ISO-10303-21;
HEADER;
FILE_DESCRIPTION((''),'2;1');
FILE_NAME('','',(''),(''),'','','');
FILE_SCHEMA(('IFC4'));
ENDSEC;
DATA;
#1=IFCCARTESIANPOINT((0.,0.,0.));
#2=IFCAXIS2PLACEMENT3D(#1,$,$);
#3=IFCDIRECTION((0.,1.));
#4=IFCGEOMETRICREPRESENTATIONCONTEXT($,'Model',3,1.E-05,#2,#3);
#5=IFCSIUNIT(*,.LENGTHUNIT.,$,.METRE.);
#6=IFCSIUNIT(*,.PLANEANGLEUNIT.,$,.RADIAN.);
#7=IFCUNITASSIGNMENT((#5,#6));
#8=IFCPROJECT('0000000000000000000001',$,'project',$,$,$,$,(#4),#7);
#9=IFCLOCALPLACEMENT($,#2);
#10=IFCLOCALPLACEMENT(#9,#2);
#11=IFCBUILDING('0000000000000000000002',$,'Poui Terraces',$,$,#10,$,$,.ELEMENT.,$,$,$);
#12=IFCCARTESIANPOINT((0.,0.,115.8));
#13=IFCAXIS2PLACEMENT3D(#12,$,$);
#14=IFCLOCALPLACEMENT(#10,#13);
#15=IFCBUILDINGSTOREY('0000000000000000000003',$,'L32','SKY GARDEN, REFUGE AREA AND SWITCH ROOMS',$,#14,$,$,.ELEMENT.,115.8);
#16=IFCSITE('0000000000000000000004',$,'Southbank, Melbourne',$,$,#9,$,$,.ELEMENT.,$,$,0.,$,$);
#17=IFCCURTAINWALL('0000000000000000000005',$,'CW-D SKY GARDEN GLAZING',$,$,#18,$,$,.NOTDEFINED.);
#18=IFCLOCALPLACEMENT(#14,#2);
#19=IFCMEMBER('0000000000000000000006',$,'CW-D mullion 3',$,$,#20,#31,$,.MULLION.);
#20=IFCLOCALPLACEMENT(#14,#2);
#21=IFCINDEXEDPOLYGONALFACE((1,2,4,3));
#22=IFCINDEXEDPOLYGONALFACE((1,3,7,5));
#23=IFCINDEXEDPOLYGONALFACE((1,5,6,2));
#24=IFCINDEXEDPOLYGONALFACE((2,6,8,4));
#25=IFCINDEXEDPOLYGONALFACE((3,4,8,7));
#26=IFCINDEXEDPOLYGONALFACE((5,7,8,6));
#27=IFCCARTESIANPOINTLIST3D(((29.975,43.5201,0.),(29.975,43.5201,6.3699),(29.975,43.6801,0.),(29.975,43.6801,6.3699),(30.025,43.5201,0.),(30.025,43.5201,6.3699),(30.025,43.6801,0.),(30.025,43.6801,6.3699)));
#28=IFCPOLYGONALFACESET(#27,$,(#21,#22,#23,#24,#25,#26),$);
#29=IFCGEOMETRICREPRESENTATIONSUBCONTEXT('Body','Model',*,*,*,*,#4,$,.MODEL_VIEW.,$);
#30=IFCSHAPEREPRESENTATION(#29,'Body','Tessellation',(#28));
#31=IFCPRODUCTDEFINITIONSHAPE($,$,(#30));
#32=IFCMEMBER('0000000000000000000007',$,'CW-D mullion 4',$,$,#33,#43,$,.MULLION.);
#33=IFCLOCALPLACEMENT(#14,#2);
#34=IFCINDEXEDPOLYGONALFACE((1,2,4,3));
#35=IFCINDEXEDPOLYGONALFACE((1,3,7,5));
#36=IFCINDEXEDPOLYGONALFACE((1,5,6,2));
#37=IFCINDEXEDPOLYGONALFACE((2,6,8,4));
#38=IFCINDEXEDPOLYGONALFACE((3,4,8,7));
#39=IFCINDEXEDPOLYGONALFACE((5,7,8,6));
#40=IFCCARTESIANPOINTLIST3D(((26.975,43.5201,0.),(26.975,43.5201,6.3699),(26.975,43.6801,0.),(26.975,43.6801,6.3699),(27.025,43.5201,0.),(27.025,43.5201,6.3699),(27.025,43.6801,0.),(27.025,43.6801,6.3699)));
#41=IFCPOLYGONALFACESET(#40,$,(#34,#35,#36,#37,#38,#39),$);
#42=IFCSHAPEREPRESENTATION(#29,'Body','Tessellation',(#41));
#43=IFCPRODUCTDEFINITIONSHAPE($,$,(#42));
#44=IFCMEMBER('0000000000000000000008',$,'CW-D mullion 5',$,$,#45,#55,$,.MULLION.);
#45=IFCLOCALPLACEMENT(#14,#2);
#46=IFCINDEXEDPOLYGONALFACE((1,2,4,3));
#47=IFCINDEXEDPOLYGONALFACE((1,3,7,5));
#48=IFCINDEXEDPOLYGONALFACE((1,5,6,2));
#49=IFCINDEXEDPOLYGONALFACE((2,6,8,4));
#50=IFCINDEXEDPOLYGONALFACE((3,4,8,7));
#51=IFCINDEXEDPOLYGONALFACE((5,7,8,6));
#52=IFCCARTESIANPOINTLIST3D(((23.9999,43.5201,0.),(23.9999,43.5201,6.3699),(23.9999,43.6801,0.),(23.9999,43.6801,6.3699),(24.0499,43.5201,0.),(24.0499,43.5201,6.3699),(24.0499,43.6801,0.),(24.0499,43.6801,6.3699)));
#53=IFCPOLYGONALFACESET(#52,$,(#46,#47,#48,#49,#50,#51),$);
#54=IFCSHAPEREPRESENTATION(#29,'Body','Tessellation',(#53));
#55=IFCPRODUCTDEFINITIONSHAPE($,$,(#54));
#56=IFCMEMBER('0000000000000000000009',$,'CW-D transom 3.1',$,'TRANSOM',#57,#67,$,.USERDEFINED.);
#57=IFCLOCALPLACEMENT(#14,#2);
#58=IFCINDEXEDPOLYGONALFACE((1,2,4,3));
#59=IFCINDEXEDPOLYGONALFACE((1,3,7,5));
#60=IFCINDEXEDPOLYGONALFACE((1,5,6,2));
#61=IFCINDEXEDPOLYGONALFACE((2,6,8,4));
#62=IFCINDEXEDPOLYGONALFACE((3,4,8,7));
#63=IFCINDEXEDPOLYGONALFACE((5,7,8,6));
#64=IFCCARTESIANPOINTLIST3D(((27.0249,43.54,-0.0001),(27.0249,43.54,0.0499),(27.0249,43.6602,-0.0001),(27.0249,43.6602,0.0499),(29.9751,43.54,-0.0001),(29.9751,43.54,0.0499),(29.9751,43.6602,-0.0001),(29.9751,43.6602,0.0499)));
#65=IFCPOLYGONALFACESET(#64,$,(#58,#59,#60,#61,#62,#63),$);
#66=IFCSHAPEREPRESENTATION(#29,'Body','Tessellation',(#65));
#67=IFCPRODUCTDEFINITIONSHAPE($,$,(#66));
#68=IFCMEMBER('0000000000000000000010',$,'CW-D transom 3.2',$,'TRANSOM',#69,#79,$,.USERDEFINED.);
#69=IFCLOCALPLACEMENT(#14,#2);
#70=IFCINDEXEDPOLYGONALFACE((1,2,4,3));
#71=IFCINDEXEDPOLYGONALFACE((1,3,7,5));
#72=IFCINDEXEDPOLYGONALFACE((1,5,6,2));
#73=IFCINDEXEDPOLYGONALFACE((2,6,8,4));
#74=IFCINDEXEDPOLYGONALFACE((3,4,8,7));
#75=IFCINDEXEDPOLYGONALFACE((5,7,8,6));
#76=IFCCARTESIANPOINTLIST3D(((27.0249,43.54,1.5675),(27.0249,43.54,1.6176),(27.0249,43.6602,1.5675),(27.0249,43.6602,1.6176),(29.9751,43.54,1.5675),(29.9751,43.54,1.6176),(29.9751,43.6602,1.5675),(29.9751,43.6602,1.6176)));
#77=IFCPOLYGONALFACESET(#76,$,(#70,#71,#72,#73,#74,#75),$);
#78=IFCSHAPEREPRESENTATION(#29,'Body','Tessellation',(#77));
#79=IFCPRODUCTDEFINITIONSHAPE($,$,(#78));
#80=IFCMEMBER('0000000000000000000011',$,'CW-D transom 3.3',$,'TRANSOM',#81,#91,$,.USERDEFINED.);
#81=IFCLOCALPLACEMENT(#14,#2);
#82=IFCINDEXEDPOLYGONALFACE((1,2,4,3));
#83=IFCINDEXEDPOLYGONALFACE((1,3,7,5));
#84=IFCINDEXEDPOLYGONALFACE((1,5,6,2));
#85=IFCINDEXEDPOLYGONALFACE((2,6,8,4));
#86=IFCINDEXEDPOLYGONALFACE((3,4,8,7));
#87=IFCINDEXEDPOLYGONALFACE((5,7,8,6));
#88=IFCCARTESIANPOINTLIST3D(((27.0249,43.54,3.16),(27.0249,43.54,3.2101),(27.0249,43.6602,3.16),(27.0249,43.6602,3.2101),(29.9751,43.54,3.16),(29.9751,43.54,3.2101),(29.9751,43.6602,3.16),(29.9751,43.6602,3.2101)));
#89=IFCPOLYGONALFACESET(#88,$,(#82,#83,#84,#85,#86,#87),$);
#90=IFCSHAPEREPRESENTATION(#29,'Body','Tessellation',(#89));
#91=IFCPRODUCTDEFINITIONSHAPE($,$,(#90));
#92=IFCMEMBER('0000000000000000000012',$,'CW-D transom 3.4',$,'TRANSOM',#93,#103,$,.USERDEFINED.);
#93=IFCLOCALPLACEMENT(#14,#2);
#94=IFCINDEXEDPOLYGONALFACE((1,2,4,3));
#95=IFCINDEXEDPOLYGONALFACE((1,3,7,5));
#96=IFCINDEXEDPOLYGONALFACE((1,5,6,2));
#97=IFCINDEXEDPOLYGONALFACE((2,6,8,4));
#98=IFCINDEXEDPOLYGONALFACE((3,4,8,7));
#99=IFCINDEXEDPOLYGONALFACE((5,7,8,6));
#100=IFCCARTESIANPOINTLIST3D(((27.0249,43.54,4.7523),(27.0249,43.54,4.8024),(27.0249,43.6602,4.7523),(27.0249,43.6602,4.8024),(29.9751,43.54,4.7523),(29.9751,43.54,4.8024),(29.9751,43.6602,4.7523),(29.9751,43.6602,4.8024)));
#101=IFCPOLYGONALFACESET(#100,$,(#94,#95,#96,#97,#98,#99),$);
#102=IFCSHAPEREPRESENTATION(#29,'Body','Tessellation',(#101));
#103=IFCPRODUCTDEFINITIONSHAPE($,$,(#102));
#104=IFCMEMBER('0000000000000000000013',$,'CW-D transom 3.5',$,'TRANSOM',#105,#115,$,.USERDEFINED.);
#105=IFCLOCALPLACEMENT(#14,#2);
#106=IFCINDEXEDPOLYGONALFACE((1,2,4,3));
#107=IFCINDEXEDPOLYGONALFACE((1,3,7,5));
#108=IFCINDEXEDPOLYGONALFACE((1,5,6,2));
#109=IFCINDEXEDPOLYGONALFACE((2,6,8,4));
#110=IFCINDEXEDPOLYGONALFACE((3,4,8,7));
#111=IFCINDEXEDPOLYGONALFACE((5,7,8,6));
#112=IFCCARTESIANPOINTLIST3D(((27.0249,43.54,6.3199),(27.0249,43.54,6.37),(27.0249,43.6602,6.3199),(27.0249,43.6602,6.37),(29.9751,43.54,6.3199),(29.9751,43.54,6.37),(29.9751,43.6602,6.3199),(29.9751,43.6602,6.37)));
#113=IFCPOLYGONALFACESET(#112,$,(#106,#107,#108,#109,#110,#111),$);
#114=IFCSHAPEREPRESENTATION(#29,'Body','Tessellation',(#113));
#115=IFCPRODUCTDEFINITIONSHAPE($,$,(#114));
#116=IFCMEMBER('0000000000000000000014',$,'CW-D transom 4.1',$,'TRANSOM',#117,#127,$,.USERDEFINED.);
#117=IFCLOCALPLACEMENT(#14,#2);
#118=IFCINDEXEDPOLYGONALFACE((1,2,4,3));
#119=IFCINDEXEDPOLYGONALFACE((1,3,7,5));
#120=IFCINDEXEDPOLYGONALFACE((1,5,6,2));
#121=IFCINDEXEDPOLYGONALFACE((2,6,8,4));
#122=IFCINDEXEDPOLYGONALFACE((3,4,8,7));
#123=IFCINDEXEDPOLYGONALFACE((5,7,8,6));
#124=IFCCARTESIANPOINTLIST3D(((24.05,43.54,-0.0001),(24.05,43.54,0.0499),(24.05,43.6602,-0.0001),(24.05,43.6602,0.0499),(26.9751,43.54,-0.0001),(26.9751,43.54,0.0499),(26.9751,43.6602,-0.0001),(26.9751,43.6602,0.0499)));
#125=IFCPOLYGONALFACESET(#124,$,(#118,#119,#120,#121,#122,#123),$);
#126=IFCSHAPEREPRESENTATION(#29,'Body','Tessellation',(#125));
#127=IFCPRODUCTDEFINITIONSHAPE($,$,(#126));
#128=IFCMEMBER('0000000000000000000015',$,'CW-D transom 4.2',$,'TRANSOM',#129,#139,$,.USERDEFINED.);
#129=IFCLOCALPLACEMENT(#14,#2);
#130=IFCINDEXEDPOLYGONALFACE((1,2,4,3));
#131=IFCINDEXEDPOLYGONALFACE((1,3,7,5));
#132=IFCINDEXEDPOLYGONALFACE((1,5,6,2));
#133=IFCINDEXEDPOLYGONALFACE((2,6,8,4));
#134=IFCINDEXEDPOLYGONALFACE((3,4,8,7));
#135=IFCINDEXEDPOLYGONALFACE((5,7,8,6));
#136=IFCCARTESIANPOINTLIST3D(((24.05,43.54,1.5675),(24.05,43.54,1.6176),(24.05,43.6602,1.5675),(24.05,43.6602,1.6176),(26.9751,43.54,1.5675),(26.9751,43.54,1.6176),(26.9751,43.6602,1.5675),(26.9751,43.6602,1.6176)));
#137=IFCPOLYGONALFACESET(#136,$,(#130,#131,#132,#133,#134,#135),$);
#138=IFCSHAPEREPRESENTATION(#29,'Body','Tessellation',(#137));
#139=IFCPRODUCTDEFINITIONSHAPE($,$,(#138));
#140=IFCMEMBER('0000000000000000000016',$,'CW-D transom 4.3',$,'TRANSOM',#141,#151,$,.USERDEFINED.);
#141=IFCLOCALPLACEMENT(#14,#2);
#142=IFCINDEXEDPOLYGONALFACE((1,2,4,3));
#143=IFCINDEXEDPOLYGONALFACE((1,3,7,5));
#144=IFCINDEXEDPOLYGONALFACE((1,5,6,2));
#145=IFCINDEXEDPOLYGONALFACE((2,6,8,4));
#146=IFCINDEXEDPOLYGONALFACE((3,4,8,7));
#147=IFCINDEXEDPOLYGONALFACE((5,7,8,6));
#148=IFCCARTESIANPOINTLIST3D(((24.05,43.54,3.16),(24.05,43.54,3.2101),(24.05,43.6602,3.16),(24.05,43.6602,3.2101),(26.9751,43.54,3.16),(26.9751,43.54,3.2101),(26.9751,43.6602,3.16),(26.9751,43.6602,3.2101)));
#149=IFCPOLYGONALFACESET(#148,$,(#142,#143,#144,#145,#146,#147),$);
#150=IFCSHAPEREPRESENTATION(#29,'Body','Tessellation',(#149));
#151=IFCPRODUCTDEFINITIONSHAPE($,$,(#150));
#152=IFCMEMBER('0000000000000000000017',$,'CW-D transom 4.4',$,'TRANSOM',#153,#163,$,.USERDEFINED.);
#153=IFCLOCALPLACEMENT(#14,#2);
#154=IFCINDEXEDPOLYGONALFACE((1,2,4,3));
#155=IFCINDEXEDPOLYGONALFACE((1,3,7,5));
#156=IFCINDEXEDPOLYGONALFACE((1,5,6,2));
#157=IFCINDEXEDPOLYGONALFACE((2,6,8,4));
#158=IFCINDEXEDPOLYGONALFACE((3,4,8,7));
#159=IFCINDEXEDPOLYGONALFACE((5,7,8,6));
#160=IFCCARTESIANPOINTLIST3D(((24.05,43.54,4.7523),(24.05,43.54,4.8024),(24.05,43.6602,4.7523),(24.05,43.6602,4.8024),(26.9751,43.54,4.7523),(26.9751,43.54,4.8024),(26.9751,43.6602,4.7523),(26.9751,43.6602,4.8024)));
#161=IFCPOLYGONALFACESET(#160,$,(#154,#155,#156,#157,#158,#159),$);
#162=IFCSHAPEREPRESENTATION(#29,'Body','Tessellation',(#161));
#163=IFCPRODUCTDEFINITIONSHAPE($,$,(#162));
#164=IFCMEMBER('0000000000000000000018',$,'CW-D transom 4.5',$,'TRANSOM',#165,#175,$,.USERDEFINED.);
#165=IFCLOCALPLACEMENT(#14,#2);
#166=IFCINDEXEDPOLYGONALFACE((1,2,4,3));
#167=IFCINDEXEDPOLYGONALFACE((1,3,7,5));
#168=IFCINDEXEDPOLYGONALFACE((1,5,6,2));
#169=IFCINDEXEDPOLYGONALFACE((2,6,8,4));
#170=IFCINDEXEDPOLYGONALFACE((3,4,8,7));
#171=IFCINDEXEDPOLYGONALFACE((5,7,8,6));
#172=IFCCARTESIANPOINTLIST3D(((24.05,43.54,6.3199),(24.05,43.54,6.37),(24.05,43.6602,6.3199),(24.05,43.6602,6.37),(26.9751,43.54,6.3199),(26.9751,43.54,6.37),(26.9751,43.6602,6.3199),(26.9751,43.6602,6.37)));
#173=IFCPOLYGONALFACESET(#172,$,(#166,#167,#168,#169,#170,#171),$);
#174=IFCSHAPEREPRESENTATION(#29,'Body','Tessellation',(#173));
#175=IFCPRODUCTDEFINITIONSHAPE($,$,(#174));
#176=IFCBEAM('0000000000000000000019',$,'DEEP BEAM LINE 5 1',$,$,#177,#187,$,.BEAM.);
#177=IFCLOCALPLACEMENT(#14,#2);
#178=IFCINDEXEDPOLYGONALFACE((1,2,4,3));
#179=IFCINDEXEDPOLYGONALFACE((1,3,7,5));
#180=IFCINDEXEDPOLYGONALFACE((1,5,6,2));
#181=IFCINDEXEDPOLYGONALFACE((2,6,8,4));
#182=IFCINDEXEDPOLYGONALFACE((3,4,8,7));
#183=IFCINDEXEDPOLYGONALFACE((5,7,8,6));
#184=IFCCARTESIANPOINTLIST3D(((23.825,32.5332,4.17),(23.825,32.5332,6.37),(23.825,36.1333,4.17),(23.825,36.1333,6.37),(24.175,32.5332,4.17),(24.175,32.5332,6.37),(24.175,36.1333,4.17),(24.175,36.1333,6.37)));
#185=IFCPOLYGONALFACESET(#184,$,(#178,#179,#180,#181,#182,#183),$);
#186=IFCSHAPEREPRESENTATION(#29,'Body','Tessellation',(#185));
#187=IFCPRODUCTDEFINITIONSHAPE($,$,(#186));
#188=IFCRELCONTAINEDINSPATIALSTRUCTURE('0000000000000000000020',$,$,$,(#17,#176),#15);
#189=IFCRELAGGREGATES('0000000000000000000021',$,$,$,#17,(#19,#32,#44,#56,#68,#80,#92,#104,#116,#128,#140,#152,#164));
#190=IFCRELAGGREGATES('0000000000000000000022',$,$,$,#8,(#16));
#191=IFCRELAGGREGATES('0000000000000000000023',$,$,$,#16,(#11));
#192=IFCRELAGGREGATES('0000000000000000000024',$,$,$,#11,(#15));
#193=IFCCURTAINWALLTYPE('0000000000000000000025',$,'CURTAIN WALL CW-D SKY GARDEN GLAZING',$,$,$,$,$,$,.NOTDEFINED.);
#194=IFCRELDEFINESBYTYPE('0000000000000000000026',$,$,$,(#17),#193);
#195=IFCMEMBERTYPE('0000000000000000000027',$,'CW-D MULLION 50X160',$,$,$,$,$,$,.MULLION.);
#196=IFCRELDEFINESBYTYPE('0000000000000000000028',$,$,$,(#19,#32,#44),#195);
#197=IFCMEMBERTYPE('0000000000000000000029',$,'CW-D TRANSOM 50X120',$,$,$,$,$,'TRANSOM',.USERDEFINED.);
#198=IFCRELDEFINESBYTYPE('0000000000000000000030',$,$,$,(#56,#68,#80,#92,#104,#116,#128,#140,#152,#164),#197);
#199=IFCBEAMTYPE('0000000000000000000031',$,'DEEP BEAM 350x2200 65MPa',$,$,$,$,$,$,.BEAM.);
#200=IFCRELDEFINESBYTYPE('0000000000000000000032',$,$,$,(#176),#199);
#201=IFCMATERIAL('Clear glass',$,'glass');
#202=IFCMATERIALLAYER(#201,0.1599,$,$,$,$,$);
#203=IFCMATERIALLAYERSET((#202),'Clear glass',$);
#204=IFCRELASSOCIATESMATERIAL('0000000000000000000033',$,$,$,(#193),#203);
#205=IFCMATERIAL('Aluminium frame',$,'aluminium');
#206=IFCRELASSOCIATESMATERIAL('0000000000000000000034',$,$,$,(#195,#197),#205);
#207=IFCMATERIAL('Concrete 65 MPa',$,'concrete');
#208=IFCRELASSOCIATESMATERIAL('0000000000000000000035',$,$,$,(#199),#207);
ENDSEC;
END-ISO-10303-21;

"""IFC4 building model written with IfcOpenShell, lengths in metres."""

from ifc_helpers import new_model, si_unit, direction, frame, origin, origin_2d, place, context, subcontext, project, spatial, rectangle, extrude, source, transform, mapped, material, layer, layer_set, material_profile, profile_set, type_object, element, aggregate, save


model = new_model("IFC4")

# Units and contexts
model_context = context("Model", 3, precision=1e-05, world=origin(), true_north=direction((0.0, 1.0)))
body_context = subcontext(model_context, "Body", "Model", "MODEL_VIEW")
ifc_project = project(units=[si_unit("LENGTHUNIT", "METRE"), si_unit("PLANEANGLEUNIT", "RADIAN")], contexts=[model_context])

# Site, building, storey
site_placement = place(None, origin())
site = spatial("IfcSite", under=ifc_project, at=site_placement, Name="Southbank, Melbourne", CompositionType="ELEMENT", RefElevation=0.0)
building_placement = place(site_placement, origin())
building = spatial("IfcBuilding", under=site, at=building_placement, Name="Poui Terraces", CompositionType="ELEMENT")
storey_placement = place(building_placement, frame((0.0, 0.0, 115.8)))
storey = spatial("IfcBuildingStorey", under=building, at=storey_placement, Name="L32", Description="SKY GARDEN, REFUGE AREA AND SWITCH ROOMS", CompositionType="ELEMENT", Elevation=115.8)

# Curtain wall, members
ifc_material_1 = material(Name="Clear glass", Category="glass")
ifc_layer_1 = layer(ifc_material_1, 0.1599)
ifc_layer_set_1 = layer_set([ifc_layer_1], Name="Clear glass")
curtain_wall_type = type_object("IfcCurtainWallType", Name="CURTAIN WALL CW-D SKY GARDEN GLAZING", PredefinedType="NOTDEFINED", material=ifc_layer_set_1)
curtain_wall_placement = place(storey_placement, origin())
curtain_wall = element("IfcCurtainWall", 1, at=curtain_wall_placement, inside=storey, type_object=curtain_wall_type, Name="CW-D SKY GARDEN GLAZING", PredefinedType="NOTDEFINED")
ifc_material_2 = material(Name="Aluminium frame", Category="aluminium")
ifc_material_profile_1 = material_profile(ifc_material_2, rectangle(XDim=0.1599, YDim=0.05, at=origin_2d()), Name="CW-D MULLION 50X160")
ifc_profile_set_1 = profile_set([ifc_material_profile_1], Name="Aluminium frame")
member_type_1 = type_object("IfcMemberType", Name="CW-D MULLION 50X160", PredefinedType="MULLION", material=ifc_profile_set_1)
member_1_placement = place(storey_placement, frame((30.0, 43.6001, 0.0), z_axis=(0.0, 0.0, 1.0), x_axis=(0.0, -1.0, 0.0)))
member_1 = element("IfcMember", 2, at=member_1_placement, type_object=member_type_1, Name="CW-D mullion 3", PredefinedType="MULLION", context=body_context, shape_type="SweptSolid", body=[
    extrude(rectangle(XDim=0.1599, YDim=0.05, at=origin_2d()), origin(), (0.0, 0.0, 1.0), 6.3699),
])
member_2_placement = place(storey_placement, frame((27.0, 43.6001, 0.0), z_axis=(0.0, 0.0, 1.0), x_axis=(0.0, -1.0, 0.0)))
member_2 = element("IfcMember", 3, at=member_2_placement, type_object=member_type_1, Name="CW-D mullion 4", PredefinedType="MULLION", context=body_context, shape_type="SweptSolid", body=[
    extrude(rectangle(XDim=0.1599, YDim=0.05, at=origin_2d()), origin(), (0.0, 0.0, 1.0), 6.3699),
])
member_3_placement = place(storey_placement, frame((24.0249, 43.6001, 0.0), z_axis=(0.0, 0.0, 1.0), x_axis=(0.0, -1.0, 0.0)))
member_3 = element("IfcMember", 4, at=member_3_placement, type_object=member_type_1, Name="CW-D mullion 5", PredefinedType="MULLION", context=body_context, shape_type="SweptSolid", body=[
    extrude(rectangle(XDim=0.1599, YDim=0.05, at=origin_2d()), origin(), (0.0, 0.0, 1.0), 6.3699),
])
ifc_material_profile_2 = material_profile(ifc_material_2, rectangle(XDim=0.1201, YDim=0.05, at=origin_2d()), Name="CW-D TRANSOM 50X120")
ifc_profile_set_2 = profile_set([ifc_material_profile_2], Name="Aluminium frame")
member_type_2 = type_object("IfcMemberType", Name="CW-D TRANSOM 50X120", ElementType="TRANSOM", PredefinedType="USERDEFINED", material=ifc_profile_set_2)
member_4_placement = place(storey_placement, frame((29.9751, 43.6001, 0.0249), z_axis=(-1.0, 0.0, 0.0), x_axis=(0.0, -1.0, 0.0)))
member_4 = element("IfcMember", 5, at=member_4_placement, type_object=member_type_2, Name="CW-D transom 3.1", ObjectType="TRANSOM", PredefinedType="USERDEFINED", context=body_context, shape_type="SweptSolid", body=[
    extrude(rectangle(XDim=0.1201, YDim=0.05, at=origin_2d()), origin(), (0.0, 0.0, 1.0), 2.9502),
])
member_5_placement = place(storey_placement, frame((29.9751, 43.6001, 1.5925), z_axis=(-1.0, 0.0, 0.0), x_axis=(0.0, -1.0, 0.0)))
member_5 = element("IfcMember", 6, at=member_5_placement, type_object=member_type_2, Name="CW-D transom 3.2", ObjectType="TRANSOM", PredefinedType="USERDEFINED", context=body_context, shape_type="SweptSolid", body=[
    extrude(rectangle(XDim=0.1201, YDim=0.05, at=origin_2d()), origin(), (0.0, 0.0, 1.0), 2.9502),
])
member_6_placement = place(storey_placement, frame((29.9751, 43.6001, 3.1851), z_axis=(-1.0, 0.0, 0.0), x_axis=(0.0, -1.0, 0.0)))
member_6 = element("IfcMember", 7, at=member_6_placement, type_object=member_type_2, Name="CW-D transom 3.3", ObjectType="TRANSOM", PredefinedType="USERDEFINED", context=body_context, shape_type="SweptSolid", body=[
    extrude(rectangle(XDim=0.1201, YDim=0.05, at=origin_2d()), origin(), (0.0, 0.0, 1.0), 2.9502),
])
member_7_placement = place(storey_placement, frame((29.9751, 43.6001, 4.7773), z_axis=(-1.0, 0.0, 0.0), x_axis=(0.0, -1.0, 0.0)))
member_7 = element("IfcMember", 8, at=member_7_placement, type_object=member_type_2, Name="CW-D transom 3.4", ObjectType="TRANSOM", PredefinedType="USERDEFINED", context=body_context, shape_type="SweptSolid", body=[
    extrude(rectangle(XDim=0.1201, YDim=0.05, at=origin_2d()), origin(), (0.0, 0.0, 1.0), 2.9502),
])
member_8_placement = place(storey_placement, frame((29.9751, 43.6001, 6.345), z_axis=(-1.0, 0.0, 0.0), x_axis=(0.0, -1.0, 0.0)))
member_8 = element("IfcMember", 9, at=member_8_placement, type_object=member_type_2, Name="CW-D transom 3.5", ObjectType="TRANSOM", PredefinedType="USERDEFINED", context=body_context, shape_type="SweptSolid", body=[
    extrude(rectangle(XDim=0.1201, YDim=0.05, at=origin_2d()), origin(), (0.0, 0.0, 1.0), 2.9502),
])
member_9_placement = place(storey_placement, frame((26.9751, 43.6001, 0.0249), z_axis=(-1.0, 0.0, 0.0), x_axis=(0.0, -1.0, 0.0)))
member_9 = element("IfcMember", 10, at=member_9_placement, type_object=member_type_2, Name="CW-D transom 4.1", ObjectType="TRANSOM", PredefinedType="USERDEFINED", context=body_context, shape_type="SweptSolid", body=[
    extrude(rectangle(XDim=0.1201, YDim=0.05, at=origin_2d()), origin(), (0.0, 0.0, 1.0), 2.925),
])
member_10_placement = place(storey_placement, frame((26.9751, 43.6001, 1.5925), z_axis=(-1.0, 0.0, 0.0), x_axis=(0.0, -1.0, 0.0)))
member_10 = element("IfcMember", 11, at=member_10_placement, type_object=member_type_2, Name="CW-D transom 4.2", ObjectType="TRANSOM", PredefinedType="USERDEFINED", context=body_context, shape_type="SweptSolid", body=[
    extrude(rectangle(XDim=0.1201, YDim=0.05, at=origin_2d()), origin(), (0.0, 0.0, 1.0), 2.925),
])
member_11_placement = place(storey_placement, frame((26.9751, 43.6001, 3.1851), z_axis=(-1.0, 0.0, 0.0), x_axis=(0.0, -1.0, 0.0)))
member_11 = element("IfcMember", 12, at=member_11_placement, type_object=member_type_2, Name="CW-D transom 4.3", ObjectType="TRANSOM", PredefinedType="USERDEFINED", context=body_context, shape_type="SweptSolid", body=[
    extrude(rectangle(XDim=0.1201, YDim=0.05, at=origin_2d()), origin(), (0.0, 0.0, 1.0), 2.925),
])
member_12_placement = place(storey_placement, frame((26.9751, 43.6001, 4.7773), z_axis=(-1.0, 0.0, 0.0), x_axis=(0.0, -1.0, 0.0)))
member_12 = element("IfcMember", 13, at=member_12_placement, type_object=member_type_2, Name="CW-D transom 4.4", ObjectType="TRANSOM", PredefinedType="USERDEFINED", context=body_context, shape_type="SweptSolid", body=[
    extrude(rectangle(XDim=0.1201, YDim=0.05, at=origin_2d()), origin(), (0.0, 0.0, 1.0), 2.925),
])
member_13_placement = place(storey_placement, frame((26.9751, 43.6001, 6.345), z_axis=(-1.0, 0.0, 0.0), x_axis=(0.0, -1.0, 0.0)))
member_13 = element("IfcMember", 14, at=member_13_placement, type_object=member_type_2, Name="CW-D transom 4.5", ObjectType="TRANSOM", PredefinedType="USERDEFINED", context=body_context, shape_type="SweptSolid", body=[
    extrude(rectangle(XDim=0.1201, YDim=0.05, at=origin_2d()), origin(), (0.0, 0.0, 1.0), 2.925),
])

# Beam
ifc_material_3 = material(Name="Concrete 65 MPa", Category="concrete")
ifc_material_profile_3 = material_profile(ifc_material_3, rectangle(XDim=0.3501, YDim=2.2, at=origin_2d()), Name="RC 350x2200")
ifc_profile_set_3 = profile_set([ifc_material_profile_3], Name="Concrete 65 MPa")
beam_type = type_object("IfcBeamType", Name="DEEP BEAM 350x2200 65MPa", PredefinedType="BEAM", material=ifc_profile_set_3)
shared_shape_1 = source(origin(), body_context, "Body", "SweptSolid", [
    extrude(rectangle(XDim=0.3501, YDim=2.2, at=origin_2d()), origin(), (0.0, 0.0, 1.0), 3.6001),
])
for number, where, z_axis, x_axis, name in (
    (15, (24.0, 32.5332, 5.27), (0.0, 1.0, 0.0), (-1.0, 0.0, 0.0), "DEEP BEAM LINE 5 1"),
):
    element("IfcBeam", number, at=place(storey_placement, frame(where, z_axis=z_axis, x_axis=x_axis)), inside=storey, type_object=beam_type, Name=name, PredefinedType="BEAM", context=body_context, shape_type="MappedRepresentation", body=[
        mapped(shared_shape_1, transform((0.0, 0.0, 0.0))),
    ])

aggregate(curtain_wall, [member_1, member_2, member_3, member_4, member_5, member_6, member_7, member_8, member_9, member_10, member_11, member_12, member_13])

save(model, "model.ifc")
